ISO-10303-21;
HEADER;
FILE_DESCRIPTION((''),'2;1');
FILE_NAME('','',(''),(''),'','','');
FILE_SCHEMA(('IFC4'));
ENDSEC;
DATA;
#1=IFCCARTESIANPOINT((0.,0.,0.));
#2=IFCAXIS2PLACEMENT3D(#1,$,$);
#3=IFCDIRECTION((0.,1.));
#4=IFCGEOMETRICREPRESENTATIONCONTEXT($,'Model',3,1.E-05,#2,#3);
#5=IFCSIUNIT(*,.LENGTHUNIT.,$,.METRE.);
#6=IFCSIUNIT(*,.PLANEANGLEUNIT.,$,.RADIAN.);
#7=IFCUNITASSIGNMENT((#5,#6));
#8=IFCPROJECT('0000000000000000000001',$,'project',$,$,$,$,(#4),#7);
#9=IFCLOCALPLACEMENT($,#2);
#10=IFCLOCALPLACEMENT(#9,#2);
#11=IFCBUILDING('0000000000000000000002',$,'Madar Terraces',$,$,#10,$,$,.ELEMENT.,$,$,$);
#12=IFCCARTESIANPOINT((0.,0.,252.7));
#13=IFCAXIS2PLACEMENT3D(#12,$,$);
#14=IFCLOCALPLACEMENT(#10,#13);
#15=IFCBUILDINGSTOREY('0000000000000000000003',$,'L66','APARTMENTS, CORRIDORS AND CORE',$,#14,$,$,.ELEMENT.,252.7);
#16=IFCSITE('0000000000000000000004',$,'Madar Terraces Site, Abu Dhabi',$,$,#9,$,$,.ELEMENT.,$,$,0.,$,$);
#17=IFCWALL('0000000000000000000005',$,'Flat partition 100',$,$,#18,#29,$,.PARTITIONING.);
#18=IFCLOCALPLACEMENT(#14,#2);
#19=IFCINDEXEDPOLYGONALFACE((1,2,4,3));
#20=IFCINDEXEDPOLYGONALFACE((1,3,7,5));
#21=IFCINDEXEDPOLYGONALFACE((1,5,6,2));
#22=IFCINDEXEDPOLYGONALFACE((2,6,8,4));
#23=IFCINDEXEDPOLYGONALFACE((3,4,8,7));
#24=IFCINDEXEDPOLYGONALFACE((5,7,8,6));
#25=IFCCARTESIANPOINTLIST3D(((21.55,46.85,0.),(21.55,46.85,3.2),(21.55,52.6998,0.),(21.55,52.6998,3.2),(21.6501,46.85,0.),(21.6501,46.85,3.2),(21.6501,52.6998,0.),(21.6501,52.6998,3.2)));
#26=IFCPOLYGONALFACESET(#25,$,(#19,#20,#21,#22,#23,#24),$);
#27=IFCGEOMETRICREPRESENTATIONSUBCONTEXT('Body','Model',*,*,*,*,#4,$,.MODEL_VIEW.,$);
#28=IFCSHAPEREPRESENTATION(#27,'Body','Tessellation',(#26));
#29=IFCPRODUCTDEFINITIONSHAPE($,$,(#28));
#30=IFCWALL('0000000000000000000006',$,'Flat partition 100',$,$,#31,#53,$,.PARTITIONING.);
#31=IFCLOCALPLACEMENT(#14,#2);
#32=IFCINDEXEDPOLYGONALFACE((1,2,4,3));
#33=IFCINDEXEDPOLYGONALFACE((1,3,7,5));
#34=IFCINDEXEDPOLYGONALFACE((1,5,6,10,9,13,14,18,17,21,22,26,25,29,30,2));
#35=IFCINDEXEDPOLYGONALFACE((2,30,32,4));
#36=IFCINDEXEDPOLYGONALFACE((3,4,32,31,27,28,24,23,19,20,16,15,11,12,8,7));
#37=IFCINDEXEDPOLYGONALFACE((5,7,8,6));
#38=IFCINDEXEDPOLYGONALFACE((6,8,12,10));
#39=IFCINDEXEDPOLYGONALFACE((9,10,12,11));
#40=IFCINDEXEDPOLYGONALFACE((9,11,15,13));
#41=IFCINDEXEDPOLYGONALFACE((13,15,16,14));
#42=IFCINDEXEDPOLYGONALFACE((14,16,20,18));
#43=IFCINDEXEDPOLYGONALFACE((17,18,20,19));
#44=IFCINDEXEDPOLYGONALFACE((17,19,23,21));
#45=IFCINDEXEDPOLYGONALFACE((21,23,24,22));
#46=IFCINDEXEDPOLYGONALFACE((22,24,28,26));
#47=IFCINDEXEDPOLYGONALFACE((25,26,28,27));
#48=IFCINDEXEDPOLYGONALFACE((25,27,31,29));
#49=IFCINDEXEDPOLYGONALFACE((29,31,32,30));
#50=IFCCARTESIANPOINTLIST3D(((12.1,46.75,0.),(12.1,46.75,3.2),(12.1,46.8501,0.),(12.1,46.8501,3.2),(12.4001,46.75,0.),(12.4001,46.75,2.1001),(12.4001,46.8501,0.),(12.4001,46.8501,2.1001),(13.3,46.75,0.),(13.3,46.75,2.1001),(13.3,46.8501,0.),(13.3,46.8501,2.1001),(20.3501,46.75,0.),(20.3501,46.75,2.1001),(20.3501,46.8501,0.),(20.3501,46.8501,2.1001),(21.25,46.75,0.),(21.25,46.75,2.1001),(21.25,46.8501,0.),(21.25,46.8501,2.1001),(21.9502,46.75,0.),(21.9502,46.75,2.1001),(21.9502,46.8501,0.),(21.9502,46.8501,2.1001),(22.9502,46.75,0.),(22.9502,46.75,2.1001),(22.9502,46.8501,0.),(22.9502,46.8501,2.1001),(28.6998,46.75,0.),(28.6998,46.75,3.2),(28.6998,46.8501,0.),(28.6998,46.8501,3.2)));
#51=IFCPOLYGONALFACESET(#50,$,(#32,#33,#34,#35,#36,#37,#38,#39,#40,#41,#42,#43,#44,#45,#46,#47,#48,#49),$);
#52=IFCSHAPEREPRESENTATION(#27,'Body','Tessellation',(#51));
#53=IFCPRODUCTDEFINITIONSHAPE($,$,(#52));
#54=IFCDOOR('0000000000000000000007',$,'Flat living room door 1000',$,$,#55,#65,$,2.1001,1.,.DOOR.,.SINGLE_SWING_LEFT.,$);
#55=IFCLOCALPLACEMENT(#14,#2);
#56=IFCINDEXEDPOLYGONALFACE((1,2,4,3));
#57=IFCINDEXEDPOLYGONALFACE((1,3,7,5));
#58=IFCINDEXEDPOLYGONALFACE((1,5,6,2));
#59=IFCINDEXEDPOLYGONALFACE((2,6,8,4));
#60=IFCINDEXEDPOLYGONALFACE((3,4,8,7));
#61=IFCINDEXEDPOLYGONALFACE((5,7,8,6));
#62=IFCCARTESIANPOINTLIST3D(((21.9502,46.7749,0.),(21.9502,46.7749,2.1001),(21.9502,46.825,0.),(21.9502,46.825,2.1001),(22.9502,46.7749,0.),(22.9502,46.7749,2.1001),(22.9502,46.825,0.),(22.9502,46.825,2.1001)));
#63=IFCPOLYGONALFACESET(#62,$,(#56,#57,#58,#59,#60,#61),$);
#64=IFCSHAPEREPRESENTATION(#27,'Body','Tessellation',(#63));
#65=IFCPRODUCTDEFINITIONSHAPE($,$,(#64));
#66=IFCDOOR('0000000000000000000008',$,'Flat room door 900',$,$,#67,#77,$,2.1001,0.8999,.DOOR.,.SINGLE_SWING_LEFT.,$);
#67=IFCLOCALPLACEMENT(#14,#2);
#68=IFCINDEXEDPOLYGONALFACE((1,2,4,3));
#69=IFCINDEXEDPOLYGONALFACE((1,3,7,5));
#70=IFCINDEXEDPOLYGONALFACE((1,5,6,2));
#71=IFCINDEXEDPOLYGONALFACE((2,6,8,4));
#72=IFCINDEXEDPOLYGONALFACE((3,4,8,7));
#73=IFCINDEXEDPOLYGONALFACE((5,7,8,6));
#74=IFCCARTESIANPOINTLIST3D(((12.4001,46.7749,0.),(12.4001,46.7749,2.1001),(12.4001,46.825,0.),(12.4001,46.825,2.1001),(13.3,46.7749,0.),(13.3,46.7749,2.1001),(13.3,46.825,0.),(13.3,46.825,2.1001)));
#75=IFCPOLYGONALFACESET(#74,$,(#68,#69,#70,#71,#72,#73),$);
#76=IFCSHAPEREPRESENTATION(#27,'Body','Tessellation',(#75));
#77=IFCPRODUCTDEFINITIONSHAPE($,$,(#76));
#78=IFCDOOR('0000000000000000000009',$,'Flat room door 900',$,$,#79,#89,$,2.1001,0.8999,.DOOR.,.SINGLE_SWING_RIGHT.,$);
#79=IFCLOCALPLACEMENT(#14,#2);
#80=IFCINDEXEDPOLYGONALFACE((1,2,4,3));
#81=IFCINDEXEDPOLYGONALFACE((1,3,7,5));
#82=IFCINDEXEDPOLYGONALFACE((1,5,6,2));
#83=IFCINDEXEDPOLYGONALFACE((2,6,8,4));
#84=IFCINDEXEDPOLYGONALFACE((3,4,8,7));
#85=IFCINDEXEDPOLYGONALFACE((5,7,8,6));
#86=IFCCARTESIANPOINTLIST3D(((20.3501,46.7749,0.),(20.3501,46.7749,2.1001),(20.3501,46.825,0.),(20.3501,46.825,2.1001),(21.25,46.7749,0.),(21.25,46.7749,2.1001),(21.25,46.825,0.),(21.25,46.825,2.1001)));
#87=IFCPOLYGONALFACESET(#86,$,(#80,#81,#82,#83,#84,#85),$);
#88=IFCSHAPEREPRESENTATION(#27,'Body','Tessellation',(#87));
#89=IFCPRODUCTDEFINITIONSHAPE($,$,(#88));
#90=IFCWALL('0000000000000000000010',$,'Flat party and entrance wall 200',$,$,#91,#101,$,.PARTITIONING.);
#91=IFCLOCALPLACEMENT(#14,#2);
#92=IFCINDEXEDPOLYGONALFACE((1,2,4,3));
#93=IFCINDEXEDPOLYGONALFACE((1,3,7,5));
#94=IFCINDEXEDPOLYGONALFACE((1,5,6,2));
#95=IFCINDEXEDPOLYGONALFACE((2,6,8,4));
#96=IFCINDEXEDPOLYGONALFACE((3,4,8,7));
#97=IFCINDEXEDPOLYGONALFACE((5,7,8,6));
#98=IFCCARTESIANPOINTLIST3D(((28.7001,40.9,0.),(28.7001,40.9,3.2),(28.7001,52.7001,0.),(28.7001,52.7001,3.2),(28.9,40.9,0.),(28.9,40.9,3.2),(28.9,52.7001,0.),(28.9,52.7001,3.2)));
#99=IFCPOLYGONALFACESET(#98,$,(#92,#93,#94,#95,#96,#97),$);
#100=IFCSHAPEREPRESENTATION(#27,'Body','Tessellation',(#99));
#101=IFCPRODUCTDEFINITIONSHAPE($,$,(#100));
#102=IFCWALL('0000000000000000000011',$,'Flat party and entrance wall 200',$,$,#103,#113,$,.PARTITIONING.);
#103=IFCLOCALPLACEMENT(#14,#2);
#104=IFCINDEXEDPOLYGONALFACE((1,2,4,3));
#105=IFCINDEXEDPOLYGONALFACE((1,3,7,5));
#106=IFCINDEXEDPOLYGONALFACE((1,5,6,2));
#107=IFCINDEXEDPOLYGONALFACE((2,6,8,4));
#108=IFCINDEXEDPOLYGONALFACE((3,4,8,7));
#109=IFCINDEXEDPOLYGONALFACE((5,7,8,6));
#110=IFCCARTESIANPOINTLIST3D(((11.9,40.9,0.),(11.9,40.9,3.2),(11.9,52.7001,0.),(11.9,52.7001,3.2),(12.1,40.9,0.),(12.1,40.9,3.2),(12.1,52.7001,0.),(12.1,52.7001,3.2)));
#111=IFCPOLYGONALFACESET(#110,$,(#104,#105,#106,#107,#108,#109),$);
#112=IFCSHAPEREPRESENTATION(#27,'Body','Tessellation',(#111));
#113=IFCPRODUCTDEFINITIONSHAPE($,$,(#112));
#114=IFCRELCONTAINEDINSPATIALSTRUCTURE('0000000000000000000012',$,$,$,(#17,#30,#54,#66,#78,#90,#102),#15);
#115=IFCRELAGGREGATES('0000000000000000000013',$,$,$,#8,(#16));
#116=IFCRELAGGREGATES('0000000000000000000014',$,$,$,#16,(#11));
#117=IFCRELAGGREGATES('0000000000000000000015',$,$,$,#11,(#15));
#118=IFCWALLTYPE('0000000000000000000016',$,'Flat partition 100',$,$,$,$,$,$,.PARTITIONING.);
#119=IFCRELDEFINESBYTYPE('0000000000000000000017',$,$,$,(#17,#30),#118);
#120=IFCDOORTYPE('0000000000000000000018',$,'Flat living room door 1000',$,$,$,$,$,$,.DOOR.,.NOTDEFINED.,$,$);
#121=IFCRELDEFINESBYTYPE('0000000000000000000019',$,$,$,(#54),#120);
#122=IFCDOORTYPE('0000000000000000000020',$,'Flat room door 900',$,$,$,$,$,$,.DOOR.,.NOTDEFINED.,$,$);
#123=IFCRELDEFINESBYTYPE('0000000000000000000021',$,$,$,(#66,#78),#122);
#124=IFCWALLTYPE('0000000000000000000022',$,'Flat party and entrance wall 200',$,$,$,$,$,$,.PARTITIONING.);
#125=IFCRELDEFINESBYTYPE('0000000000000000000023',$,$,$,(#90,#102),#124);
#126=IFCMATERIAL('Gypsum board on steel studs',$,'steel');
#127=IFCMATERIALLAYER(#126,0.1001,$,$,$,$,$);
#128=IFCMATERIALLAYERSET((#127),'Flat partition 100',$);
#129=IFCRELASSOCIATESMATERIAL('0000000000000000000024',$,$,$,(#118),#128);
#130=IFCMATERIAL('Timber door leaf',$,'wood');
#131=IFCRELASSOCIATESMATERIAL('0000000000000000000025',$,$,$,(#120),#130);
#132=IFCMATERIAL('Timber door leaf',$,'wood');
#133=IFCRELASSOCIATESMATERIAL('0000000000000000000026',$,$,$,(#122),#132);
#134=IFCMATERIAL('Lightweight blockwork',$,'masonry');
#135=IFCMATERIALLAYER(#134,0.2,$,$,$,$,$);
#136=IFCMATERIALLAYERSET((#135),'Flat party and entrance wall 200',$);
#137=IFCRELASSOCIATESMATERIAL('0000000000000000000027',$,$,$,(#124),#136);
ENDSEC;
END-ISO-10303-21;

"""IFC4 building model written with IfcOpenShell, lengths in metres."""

from ifc_helpers import new_model, si_unit, direction, frame, frame_2d, origin, place, context, subcontext, project, spatial, rectangle, extrude, material, layer, layer_set, type_object, element, fill, save


model = new_model("IFC4")

# Units and contexts
model_context = context("Model", 3, precision=1e-05, world=origin(), true_north=direction((0.0, 1.0)))
body_context = subcontext(model_context, "Body", "Model", "MODEL_VIEW")
ifc_project = project(units=[si_unit("LENGTHUNIT", "METRE"), si_unit("PLANEANGLEUNIT", "RADIAN")], contexts=[model_context])

# Site, building, storey
site_placement = place(None, origin())
site = spatial("IfcSite", under=ifc_project, at=site_placement, Name="Madar Terraces Site, Abu Dhabi", CompositionType="ELEMENT", RefElevation=0.0)
building_placement = place(site_placement, origin())
building = spatial("IfcBuilding", under=site, at=building_placement, Name="Madar Terraces", CompositionType="ELEMENT")
storey_placement = place(building_placement, frame((0.0, 0.0, 252.7)))
storey = spatial("IfcBuildingStorey", under=building, at=storey_placement, Name="L66", Description="APARTMENTS, CORRIDORS AND CORE", CompositionType="ELEMENT", Elevation=252.7)

# Wall
ifc_material_1 = material(Name="Gypsum board on steel studs", Category="steel")
ifc_layer_1 = layer(ifc_material_1, 0.1001)
ifc_layer_set_1 = layer_set([ifc_layer_1], Name="Flat partition 100")
wall_type_1 = type_object("IfcWallType", Name="Flat partition 100", PredefinedType="PARTITIONING", material=ifc_layer_set_1)
for number, where, z_axis, x_axis, name in (
    (1, (21.6001, 46.8501, 0.0), (0.0, 0.0, 1.0), (0.0, 1.0, 0.0), "Flat partition 100"),
):
    element("IfcWall", number, at=place(storey_placement, frame(where, z_axis=z_axis, x_axis=x_axis)), inside=storey, type_object=wall_type_1, Name=name, PredefinedType="PARTITIONING", context=body_context, shape_type="SweptSolid", body=[
        extrude(rectangle(XDim=5.8499, YDim=0.1001, at=frame_2d((2.9248, 0.0))), origin(), (0.0, 0.0, 1.0), 3.2),
    ])

# Wall, openings, doors
wall_1_placement = place(storey_placement, frame((12.1001, 46.8, 0.0), z_axis=(0.0, 0.0, 1.0), x_axis=(1.0, 0.0, 0.0)))
wall_1 = element("IfcWall", 2, at=wall_1_placement, inside=storey, type_object=wall_type_1, Name="Flat partition 100", PredefinedType="PARTITIONING", context=body_context, shape_type="SweptSolid", body=[
    extrude(rectangle(XDim=16.5999, YDim=0.1001, at=frame_2d((8.2998, 0.0))), origin(), (0.0, 0.0, 1.0), 3.2),
])
opening_1_placement = place(wall_1_placement, frame((0.3, 0.0, 0.0)))
opening_1 = element("IfcOpeningElement", 3, at=opening_1_placement, cuts=wall_1, PredefinedType="OPENING", context=body_context, shape_type="SweptSolid", body=[
    extrude(rectangle(XDim=0.8999, YDim=2.1001, at=frame_2d((0.45, 1.05))), frame((0.0, 0.0601, 0.0), z_axis=(0.0, -1.0, 0.0), x_axis=(1.0, 0.0, 0.0)), (0.0, 0.0, 1.0), 0.1201),
])
opening_2_placement = place(wall_1_placement, frame((8.25, 0.0, 0.0)))
opening_2 = element("IfcOpeningElement", 4, at=opening_2_placement, cuts=wall_1, PredefinedType="OPENING", context=body_context, shape_type="SweptSolid", body=[
    extrude(rectangle(XDim=0.8999, YDim=2.1001, at=frame_2d((0.45, 1.05))), frame((0.0, 0.0601, 0.0), z_axis=(0.0, -1.0, 0.0), x_axis=(1.0, 0.0, 0.0)), (0.0, 0.0, 1.0), 0.1201),
])
opening_3_placement = place(wall_1_placement, frame((9.8501, 0.0, 0.0)))
opening_3 = element("IfcOpeningElement", 5, at=opening_3_placement, cuts=wall_1, PredefinedType="OPENING", context=body_context, shape_type="SweptSolid", body=[
    extrude(rectangle(XDim=1.0, YDim=2.1001, at=frame_2d((0.5, 1.05))), frame((0.0, 0.0601, 0.0), z_axis=(0.0, -1.0, 0.0), x_axis=(1.0, 0.0, 0.0)), (0.0, 0.0, 1.0), 0.1201),
])
ifc_material_2 = material(Name="Timber door leaf", Category="wood")
door_type_1 = type_object("IfcDoorType", Name="Flat living room door 1000", OperationType="NOTDEFINED", PredefinedType="DOOR", material=ifc_material_2)
door_1_placement = place(opening_3_placement, origin())
door_1 = element("IfcDoor", 6, at=door_1_placement, inside=storey, type_object=door_type_1, Name="Flat living room door 1000", OperationType="SINGLE_SWING_LEFT", OverallHeight=2.1001, OverallWidth=1.0, PredefinedType="DOOR", context=body_context, shape_type="SweptSolid", body=[
    extrude(rectangle(XDim=1.0, YDim=2.1001, at=frame_2d((0.5, 1.05))), frame((0.0, 0.0249, 0.0), z_axis=(0.0, -1.0, 0.0), x_axis=(1.0, 0.0, 0.0)), (0.0, 0.0, 1.0), 0.05),
])
fill(opening_3, door_1)
ifc_material_3 = material(Name="Timber door leaf", Category="wood")
door_type_2 = type_object("IfcDoorType", Name="Flat room door 900", OperationType="NOTDEFINED", PredefinedType="DOOR", material=ifc_material_3)
door_2_placement = place(opening_1_placement, origin())
door_2 = element("IfcDoor", 7, at=door_2_placement, inside=storey, type_object=door_type_2, Name="Flat room door 900", OperationType="SINGLE_SWING_LEFT", OverallHeight=2.1001, OverallWidth=0.8999, PredefinedType="DOOR", context=body_context, shape_type="SweptSolid", body=[
    extrude(rectangle(XDim=0.8999, YDim=2.1001, at=frame_2d((0.45, 1.05))), frame((0.0, 0.0249, 0.0), z_axis=(0.0, -1.0, 0.0), x_axis=(1.0, 0.0, 0.0)), (0.0, 0.0, 1.0), 0.05),
])
fill(opening_1, door_2)
door_3_placement = place(opening_2_placement, origin())
door_3 = element("IfcDoor", 8, at=door_3_placement, inside=storey, type_object=door_type_2, Name="Flat room door 900", OperationType="SINGLE_SWING_RIGHT", OverallHeight=2.1001, OverallWidth=0.8999, PredefinedType="DOOR", context=body_context, shape_type="SweptSolid", body=[
    extrude(rectangle(XDim=0.8999, YDim=2.1001, at=frame_2d((0.45, 1.05))), frame((0.0, 0.0249, 0.0), z_axis=(0.0, -1.0, 0.0), x_axis=(1.0, 0.0, 0.0)), (0.0, 0.0, 1.0), 0.05),
])
fill(opening_2, door_3)

# Walls
ifc_material_4 = material(Name="Lightweight blockwork", Category="masonry")
ifc_layer_2 = layer(ifc_material_4, 0.2)
ifc_layer_set_2 = layer_set([ifc_layer_2], Name="Flat party and entrance wall 200")
wall_type_2 = type_object("IfcWallType", Name="Flat party and entrance wall 200", PredefinedType="PARTITIONING", material=ifc_layer_set_2)
for number, where, z_axis, x_axis, name in (
    (9, (28.8, 52.7, 0.0), (0.0, 0.0, 1.0), (0.0, -1.0, 0.0), "Flat party and entrance wall 200"),
    (10, (12.0, 52.7, 0.0), (0.0, 0.0, 1.0), (0.0, -1.0, 0.0), "Flat party and entrance wall 200"),
):
    element("IfcWall", number, at=place(storey_placement, frame(where, z_axis=z_axis, x_axis=x_axis)), inside=storey, type_object=wall_type_2, Name=name, PredefinedType="PARTITIONING", context=body_context, shape_type="SweptSolid", body=[
        extrude(rectangle(XDim=11.8, YDim=0.2, at=frame_2d((5.8999, 0.0))), origin(), (0.0, 0.0, 1.0), 3.2),
    ])

save(model, "model.ifc")
